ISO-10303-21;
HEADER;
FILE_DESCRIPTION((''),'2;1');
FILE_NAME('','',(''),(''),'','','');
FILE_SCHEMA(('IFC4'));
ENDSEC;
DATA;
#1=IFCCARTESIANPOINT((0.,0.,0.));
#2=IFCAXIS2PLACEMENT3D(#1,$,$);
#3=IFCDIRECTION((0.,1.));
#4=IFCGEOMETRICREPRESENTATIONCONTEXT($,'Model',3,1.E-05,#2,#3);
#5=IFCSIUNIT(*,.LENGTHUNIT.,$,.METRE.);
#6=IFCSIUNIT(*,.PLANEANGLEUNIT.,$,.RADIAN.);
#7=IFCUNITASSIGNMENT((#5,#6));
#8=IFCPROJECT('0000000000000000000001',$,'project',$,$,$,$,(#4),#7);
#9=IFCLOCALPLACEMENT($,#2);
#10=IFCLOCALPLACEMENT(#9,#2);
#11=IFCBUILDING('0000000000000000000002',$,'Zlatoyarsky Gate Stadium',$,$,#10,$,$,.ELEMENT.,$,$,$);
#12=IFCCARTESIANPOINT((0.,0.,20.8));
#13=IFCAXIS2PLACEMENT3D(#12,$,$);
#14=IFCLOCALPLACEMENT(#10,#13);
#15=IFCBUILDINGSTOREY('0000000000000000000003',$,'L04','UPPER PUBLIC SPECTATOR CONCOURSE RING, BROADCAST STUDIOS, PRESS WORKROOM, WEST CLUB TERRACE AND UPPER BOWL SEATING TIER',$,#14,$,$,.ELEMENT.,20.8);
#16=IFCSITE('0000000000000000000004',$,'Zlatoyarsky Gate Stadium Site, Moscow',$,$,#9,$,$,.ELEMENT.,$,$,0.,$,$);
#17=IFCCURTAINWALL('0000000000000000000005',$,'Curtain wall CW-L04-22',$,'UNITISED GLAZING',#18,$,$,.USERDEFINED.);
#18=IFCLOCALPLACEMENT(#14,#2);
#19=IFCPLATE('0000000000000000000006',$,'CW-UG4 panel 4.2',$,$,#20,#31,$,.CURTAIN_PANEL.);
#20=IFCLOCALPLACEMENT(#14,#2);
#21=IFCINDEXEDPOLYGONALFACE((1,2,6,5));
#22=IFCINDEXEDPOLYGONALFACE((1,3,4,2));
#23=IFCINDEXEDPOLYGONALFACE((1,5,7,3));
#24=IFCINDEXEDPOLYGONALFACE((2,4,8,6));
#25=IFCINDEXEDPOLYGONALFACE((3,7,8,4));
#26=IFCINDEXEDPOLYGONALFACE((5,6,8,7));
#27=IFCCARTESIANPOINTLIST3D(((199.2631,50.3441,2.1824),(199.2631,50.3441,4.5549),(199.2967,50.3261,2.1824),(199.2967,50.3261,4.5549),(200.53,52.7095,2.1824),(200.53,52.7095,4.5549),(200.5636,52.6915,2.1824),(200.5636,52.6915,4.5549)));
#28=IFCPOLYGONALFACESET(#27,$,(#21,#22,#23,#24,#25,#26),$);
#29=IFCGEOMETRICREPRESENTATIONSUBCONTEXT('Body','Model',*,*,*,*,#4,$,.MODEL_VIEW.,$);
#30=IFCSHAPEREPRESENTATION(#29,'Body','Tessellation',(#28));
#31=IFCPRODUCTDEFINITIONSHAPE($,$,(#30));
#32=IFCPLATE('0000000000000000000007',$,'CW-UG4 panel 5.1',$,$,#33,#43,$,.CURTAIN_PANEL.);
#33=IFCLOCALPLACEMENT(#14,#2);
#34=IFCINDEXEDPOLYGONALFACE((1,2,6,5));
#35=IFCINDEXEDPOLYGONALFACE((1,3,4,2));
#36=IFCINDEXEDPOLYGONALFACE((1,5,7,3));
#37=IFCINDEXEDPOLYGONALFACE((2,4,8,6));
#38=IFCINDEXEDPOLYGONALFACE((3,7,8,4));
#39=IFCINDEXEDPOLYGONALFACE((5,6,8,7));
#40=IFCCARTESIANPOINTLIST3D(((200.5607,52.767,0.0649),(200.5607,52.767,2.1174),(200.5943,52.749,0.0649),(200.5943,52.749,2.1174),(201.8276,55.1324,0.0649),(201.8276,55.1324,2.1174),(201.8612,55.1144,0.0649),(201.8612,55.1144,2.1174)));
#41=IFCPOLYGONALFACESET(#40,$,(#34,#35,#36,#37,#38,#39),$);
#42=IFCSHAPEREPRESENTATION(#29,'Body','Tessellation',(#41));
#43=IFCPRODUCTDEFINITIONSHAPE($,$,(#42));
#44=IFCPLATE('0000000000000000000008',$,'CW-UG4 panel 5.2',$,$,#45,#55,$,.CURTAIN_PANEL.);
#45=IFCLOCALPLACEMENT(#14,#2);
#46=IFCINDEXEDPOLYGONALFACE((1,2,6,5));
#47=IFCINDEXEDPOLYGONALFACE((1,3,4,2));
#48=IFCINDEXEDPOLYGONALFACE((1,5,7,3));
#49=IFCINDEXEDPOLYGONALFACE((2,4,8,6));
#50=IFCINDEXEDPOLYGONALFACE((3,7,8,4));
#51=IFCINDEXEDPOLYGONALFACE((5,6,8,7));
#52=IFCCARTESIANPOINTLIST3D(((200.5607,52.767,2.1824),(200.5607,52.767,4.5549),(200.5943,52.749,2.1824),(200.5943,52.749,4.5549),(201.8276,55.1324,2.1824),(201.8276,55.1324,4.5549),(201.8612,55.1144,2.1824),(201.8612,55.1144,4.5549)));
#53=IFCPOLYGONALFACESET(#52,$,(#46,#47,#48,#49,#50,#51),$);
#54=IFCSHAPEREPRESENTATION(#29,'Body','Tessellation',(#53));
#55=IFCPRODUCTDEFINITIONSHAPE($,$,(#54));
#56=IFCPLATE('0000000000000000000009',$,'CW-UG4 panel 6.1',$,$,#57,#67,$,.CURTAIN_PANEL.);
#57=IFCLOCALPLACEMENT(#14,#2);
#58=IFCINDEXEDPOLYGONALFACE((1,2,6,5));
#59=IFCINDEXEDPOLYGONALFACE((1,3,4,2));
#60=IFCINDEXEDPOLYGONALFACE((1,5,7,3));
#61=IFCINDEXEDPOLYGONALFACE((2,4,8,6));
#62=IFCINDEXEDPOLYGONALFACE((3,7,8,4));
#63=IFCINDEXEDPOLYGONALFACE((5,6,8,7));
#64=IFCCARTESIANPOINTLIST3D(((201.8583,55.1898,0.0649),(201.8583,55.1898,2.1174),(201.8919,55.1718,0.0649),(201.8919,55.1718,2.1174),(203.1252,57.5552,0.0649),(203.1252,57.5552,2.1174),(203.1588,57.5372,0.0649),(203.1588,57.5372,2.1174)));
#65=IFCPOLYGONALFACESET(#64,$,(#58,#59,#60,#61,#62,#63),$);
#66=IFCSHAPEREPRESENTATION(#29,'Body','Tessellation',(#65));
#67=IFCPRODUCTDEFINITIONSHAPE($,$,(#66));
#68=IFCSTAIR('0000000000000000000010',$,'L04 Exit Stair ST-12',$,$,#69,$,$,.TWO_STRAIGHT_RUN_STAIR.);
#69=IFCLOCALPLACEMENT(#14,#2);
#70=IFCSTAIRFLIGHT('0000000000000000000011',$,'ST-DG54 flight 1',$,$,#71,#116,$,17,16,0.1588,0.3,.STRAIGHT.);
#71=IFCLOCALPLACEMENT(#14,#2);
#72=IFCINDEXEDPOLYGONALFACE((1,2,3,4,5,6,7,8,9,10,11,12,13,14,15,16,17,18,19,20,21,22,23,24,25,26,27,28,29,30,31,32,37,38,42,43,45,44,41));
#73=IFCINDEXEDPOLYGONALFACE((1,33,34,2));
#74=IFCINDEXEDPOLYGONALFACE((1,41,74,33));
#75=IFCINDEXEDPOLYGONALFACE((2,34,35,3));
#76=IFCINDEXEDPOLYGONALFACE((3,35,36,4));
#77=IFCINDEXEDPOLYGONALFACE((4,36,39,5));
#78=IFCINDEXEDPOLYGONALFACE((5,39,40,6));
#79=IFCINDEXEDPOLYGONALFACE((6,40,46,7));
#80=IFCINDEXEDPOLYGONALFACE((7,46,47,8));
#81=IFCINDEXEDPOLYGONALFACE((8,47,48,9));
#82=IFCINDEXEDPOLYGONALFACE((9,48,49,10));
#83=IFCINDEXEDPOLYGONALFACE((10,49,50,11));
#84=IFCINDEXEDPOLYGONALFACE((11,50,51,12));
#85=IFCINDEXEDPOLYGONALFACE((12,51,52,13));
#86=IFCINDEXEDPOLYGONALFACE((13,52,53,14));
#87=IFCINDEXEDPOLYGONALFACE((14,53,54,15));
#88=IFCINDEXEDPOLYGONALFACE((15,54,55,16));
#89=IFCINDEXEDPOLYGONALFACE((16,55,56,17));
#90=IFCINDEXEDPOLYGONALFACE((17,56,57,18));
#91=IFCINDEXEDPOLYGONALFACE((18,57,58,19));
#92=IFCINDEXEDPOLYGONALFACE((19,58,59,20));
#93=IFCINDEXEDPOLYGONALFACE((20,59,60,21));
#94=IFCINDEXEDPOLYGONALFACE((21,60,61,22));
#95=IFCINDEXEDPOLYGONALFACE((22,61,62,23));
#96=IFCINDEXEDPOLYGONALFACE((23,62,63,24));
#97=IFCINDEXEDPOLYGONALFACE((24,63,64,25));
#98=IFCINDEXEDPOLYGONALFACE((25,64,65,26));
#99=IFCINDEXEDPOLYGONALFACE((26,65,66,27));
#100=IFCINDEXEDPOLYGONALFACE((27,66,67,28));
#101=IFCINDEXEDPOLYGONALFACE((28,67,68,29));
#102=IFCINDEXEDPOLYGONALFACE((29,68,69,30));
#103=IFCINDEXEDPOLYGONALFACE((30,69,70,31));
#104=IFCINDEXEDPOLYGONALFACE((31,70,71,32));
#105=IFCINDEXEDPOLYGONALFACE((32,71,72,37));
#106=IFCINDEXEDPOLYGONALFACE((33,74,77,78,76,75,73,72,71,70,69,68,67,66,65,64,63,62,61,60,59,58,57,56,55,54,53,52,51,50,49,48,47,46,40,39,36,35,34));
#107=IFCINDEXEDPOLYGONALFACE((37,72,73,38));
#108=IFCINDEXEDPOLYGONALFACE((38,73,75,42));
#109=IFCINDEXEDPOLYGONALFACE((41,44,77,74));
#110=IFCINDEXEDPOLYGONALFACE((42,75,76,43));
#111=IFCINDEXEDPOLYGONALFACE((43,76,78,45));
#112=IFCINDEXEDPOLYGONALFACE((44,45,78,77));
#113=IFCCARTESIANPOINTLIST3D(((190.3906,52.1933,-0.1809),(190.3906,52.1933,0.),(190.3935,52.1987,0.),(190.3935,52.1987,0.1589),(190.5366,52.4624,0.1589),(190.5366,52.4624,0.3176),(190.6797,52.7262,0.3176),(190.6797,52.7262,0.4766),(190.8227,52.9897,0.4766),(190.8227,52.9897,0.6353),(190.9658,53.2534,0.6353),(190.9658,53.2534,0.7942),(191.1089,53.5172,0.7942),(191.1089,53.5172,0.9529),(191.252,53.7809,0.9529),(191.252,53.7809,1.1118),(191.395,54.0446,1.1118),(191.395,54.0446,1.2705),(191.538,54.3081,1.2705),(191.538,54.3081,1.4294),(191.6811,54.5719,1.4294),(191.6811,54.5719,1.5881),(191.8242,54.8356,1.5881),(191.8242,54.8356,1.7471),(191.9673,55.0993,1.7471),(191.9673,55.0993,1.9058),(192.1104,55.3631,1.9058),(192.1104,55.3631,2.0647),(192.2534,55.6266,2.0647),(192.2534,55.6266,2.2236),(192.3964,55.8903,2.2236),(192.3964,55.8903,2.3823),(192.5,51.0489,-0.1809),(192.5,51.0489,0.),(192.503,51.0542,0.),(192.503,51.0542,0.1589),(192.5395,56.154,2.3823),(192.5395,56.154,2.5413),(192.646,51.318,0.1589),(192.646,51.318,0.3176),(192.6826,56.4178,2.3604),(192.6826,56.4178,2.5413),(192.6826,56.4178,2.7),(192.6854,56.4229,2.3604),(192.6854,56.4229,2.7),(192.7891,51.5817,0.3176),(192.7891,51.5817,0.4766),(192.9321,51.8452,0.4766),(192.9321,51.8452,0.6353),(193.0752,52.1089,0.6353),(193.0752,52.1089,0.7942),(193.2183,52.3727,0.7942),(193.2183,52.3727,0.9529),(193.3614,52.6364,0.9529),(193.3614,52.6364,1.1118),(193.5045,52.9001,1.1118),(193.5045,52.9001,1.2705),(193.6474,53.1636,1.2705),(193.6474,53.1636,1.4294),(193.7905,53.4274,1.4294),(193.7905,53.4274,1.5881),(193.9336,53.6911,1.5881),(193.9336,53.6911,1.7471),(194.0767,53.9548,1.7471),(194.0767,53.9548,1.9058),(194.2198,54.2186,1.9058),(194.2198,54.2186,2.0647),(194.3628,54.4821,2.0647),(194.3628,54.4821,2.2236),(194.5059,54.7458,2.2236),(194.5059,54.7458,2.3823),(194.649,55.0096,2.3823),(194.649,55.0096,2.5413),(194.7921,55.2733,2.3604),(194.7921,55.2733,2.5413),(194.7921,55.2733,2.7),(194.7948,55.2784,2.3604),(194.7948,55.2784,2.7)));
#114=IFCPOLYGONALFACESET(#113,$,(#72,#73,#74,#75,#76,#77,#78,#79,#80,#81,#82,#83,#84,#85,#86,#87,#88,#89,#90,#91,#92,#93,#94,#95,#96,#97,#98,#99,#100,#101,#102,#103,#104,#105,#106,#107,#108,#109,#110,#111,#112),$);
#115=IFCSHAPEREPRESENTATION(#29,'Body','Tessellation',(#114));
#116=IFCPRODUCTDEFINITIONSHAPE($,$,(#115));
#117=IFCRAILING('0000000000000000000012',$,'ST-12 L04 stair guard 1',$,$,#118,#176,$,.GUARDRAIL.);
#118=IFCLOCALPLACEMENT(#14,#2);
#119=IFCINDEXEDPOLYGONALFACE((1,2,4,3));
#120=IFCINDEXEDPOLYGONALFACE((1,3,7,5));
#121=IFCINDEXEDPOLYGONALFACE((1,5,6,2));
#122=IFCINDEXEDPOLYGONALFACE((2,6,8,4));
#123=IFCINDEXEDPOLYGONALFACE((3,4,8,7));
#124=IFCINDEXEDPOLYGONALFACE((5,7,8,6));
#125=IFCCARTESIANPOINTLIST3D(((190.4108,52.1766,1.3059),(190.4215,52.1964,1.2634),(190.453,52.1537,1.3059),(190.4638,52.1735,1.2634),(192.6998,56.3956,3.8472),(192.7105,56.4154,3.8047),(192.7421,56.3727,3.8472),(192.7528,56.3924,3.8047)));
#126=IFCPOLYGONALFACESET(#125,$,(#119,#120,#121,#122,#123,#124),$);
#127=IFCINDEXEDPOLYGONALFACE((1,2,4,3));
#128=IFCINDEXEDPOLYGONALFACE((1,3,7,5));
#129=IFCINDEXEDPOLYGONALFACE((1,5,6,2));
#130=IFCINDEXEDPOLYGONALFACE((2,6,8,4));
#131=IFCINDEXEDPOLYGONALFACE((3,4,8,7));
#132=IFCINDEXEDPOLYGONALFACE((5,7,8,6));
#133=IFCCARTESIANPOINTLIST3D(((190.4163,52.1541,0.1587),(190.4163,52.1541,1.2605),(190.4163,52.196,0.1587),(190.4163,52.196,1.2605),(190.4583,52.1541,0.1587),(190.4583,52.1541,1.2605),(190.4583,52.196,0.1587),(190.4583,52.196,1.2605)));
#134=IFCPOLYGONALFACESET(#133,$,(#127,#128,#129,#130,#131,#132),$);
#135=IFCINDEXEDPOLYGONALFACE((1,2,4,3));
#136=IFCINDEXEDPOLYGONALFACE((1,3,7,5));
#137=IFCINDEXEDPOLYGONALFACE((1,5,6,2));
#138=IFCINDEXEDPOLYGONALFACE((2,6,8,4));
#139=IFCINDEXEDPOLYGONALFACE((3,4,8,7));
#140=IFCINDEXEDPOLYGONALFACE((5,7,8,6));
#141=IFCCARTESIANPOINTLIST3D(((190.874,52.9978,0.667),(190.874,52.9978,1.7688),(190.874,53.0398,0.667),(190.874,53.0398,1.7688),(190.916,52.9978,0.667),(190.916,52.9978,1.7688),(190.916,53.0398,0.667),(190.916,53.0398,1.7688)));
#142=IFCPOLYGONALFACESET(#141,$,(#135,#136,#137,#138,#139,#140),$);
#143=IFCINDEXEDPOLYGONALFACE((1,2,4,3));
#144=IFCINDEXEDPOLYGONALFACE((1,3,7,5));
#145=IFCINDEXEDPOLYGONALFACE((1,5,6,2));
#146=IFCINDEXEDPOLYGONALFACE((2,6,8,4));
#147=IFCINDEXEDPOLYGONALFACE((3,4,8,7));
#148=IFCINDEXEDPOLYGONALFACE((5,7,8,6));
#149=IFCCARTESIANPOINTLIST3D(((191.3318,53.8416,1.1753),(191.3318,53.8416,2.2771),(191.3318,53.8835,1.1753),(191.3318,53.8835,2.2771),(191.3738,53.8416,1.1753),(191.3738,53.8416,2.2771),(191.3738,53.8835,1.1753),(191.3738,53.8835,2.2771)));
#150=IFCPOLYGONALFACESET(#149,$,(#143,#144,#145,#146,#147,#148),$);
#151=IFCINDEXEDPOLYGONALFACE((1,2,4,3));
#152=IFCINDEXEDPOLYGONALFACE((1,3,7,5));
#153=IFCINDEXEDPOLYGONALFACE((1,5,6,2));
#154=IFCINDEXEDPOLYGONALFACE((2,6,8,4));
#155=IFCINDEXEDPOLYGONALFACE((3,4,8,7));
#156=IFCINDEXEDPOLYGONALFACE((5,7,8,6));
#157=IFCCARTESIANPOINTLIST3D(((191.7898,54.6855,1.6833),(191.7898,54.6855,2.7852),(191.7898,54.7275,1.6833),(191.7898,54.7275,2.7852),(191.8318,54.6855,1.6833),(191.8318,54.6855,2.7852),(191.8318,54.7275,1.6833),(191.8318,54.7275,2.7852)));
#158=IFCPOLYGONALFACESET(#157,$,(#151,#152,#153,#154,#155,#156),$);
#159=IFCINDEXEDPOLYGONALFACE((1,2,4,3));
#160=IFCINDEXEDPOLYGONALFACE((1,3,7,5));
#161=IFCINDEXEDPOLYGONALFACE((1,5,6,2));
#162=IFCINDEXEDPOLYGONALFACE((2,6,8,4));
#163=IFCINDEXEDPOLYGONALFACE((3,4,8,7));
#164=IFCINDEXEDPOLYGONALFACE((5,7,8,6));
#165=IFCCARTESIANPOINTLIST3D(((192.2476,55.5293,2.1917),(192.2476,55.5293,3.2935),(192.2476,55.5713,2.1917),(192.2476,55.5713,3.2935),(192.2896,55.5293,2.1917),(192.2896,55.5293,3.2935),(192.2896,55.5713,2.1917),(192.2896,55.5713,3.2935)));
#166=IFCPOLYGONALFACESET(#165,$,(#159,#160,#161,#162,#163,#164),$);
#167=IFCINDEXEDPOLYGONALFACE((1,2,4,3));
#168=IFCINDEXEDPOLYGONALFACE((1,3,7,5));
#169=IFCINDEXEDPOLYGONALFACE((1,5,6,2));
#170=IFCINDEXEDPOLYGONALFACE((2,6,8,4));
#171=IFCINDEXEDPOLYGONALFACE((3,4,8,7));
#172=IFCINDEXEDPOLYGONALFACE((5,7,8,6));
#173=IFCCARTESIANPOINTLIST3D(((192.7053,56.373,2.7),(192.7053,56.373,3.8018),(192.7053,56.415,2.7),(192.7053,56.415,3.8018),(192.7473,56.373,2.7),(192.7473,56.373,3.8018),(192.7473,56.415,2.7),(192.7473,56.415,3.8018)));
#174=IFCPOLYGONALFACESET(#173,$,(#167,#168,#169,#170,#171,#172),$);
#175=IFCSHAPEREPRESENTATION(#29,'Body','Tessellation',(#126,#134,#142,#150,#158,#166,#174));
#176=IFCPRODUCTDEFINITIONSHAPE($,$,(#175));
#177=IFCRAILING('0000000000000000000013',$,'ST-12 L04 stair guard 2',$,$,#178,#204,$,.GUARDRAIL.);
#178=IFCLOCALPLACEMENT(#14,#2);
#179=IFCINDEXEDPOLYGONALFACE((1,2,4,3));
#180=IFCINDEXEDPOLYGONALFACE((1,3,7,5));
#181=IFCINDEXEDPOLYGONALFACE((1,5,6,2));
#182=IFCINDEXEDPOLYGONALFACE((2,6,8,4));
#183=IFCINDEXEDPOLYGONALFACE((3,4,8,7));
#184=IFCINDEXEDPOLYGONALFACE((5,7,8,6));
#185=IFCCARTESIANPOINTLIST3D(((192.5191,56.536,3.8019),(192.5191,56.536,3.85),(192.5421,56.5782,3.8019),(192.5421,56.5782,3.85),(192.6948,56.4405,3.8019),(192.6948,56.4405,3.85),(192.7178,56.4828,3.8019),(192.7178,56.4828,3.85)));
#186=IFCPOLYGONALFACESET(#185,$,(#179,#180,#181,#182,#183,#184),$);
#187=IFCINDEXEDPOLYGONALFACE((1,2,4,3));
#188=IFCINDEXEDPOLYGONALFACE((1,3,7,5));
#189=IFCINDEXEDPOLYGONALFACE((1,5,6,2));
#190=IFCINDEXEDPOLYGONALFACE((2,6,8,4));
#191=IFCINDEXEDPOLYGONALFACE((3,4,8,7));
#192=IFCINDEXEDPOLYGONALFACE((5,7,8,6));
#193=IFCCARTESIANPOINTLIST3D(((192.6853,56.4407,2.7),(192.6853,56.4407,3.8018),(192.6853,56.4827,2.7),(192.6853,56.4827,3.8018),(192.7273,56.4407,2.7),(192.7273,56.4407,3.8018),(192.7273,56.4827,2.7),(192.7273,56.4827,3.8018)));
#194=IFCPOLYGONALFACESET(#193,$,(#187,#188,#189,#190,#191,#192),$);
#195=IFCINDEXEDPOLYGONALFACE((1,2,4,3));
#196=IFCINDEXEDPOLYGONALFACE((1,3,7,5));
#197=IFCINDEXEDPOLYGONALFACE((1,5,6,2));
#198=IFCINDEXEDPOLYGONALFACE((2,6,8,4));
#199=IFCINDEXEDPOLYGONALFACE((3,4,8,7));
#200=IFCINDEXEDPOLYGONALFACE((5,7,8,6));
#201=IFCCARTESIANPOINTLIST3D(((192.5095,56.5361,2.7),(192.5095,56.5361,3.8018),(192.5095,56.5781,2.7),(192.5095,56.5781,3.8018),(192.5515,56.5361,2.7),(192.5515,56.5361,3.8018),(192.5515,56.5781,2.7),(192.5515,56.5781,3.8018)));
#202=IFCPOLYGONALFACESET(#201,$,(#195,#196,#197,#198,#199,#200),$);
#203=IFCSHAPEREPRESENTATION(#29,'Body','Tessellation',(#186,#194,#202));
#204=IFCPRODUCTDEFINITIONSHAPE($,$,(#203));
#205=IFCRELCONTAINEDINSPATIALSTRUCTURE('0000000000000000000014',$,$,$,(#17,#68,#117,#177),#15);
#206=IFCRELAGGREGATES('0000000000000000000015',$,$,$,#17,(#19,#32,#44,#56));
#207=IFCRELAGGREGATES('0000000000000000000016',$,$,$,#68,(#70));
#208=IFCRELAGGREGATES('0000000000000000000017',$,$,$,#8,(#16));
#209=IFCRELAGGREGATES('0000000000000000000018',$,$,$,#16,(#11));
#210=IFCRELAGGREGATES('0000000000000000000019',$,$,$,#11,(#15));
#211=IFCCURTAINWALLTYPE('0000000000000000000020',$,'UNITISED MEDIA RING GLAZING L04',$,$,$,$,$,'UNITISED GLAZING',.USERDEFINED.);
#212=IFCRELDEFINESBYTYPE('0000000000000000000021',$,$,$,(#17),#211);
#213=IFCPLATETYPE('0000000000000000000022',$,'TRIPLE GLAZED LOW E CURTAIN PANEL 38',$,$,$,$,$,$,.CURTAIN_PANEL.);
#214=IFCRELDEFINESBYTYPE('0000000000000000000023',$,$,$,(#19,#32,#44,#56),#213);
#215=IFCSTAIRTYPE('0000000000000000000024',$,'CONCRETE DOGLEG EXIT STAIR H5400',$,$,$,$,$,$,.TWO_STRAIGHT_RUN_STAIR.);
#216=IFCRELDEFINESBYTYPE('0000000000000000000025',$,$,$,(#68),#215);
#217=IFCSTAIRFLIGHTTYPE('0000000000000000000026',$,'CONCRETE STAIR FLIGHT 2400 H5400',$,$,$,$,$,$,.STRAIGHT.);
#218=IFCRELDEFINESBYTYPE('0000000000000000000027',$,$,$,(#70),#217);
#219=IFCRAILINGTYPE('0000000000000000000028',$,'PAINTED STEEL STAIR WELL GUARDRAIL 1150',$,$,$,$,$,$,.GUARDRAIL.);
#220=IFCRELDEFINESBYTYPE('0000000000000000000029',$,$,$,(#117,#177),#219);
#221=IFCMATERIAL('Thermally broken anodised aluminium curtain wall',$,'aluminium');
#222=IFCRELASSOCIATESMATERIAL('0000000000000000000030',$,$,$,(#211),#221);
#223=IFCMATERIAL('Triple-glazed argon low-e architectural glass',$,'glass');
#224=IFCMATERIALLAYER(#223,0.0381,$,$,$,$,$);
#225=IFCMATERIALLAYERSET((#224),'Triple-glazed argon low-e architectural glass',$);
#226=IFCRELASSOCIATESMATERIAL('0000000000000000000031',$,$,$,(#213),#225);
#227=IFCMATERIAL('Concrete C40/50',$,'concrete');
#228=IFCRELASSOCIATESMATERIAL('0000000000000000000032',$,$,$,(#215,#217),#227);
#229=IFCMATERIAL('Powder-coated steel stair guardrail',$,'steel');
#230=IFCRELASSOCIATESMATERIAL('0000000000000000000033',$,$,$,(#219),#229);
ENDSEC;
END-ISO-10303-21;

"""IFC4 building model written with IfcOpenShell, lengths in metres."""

from ifc_helpers import new_model, si_unit, direction, frame, origin, origin_2d, place, context, subcontext, project, spatial, polyline, rectangle, outline, extrude, material, layer, layer_set, type_object, element, aggregate, save


model = new_model("IFC4")

# Units and contexts
model_context = context("Model", 3, precision=1e-05, world=origin(), true_north=direction((0.0, 1.0)))
body_context = subcontext(model_context, "Body", "Model", "MODEL_VIEW")
ifc_project = project(units=[si_unit("LENGTHUNIT", "METRE"), si_unit("PLANEANGLEUNIT", "RADIAN")], contexts=[model_context])

# Site, building, storey
site_placement = place(None, origin())
site = spatial("IfcSite", under=ifc_project, at=site_placement, Name="Zlatoyarsky Gate Stadium Site, Moscow", CompositionType="ELEMENT", RefElevation=0.0)
building_placement = place(site_placement, origin())
building = spatial("IfcBuilding", under=site, at=building_placement, Name="Zlatoyarsky Gate Stadium", CompositionType="ELEMENT")
storey_placement = place(building_placement, frame((0.0, 0.0, 20.8)))
storey = spatial("IfcBuildingStorey", under=building, at=storey_placement, Name="L04", Description="UPPER PUBLIC SPECTATOR CONCOURSE RING, BROADCAST STUDIOS, PRESS WORKROOM, WEST CLUB TERRACE AND UPPER BOWL SEATING TIER", CompositionType="ELEMENT", Elevation=20.8)

# Curtain wall
ifc_material_1 = material(Name="Thermally broken anodised aluminium curtain wall", Category="aluminium")
curtain_wall_type = type_object("IfcCurtainWallType", Name="UNITISED MEDIA RING GLAZING L04", ElementType="UNITISED GLAZING", PredefinedType="USERDEFINED", material=ifc_material_1)
curtain_wall_placement = place(storey_placement, origin())
curtain_wall = element("IfcCurtainWall", 1, at=curtain_wall_placement, inside=storey, type_object=curtain_wall_type, Name="Curtain wall CW-L04-22", ObjectType="UNITISED GLAZING", PredefinedType="USERDEFINED")

# Plates
ifc_material_2 = material(Name="Triple-glazed argon low-e architectural glass", Category="glass")
ifc_layer_1 = layer(ifc_material_2, 0.0381)
ifc_layer_set_1 = layer_set([ifc_layer_1], Name="Triple-glazed argon low-e architectural glass")
plate_type_1 = type_object("IfcPlateType", Name="TRIPLE GLAZED LOW E CURTAIN PANEL 38", PredefinedType="CURTAIN_PANEL", material=ifc_layer_set_1)
plate_1_placement = place(storey_placement, frame((199.9133, 51.5178, 2.1824), z_axis=(0.0, 0.0, 1.0), x_axis=(0.472145, 0.881521, 0.0)))
plate_1 = element("IfcPlate", 2, at=plate_1_placement, type_object=plate_type_1, Name="CW-UG4 panel 4.2", PredefinedType="CURTAIN_PANEL", context=body_context, shape_type="SweptSolid", body=[
    extrude(rectangle(XDim=2.6833, YDim=0.0381, at=origin_2d()), origin(), (0.0, 0.0, 1.0), 2.3726),
])
plate_2_placement = place(storey_placement, frame((201.2109, 53.9407, 0.0649), z_axis=(0.0, 0.0, 1.0), x_axis=(0.472145, 0.881521, 0.0)))
plate_2 = element("IfcPlate", 3, at=plate_2_placement, type_object=plate_type_1, Name="CW-UG4 panel 5.1", PredefinedType="CURTAIN_PANEL", context=body_context, shape_type="SweptSolid", body=[
    extrude(rectangle(XDim=2.6833, YDim=0.0381, at=origin_2d()), origin(), (0.0, 0.0, 1.0), 2.0525),
])
plate_3_placement = place(storey_placement, frame((201.2109, 53.9407, 2.1824), z_axis=(0.0, 0.0, 1.0), x_axis=(0.472145, 0.881521, 0.0)))
plate_3 = element("IfcPlate", 4, at=plate_3_placement, type_object=plate_type_1, Name="CW-UG4 panel 5.2", PredefinedType="CURTAIN_PANEL", context=body_context, shape_type="SweptSolid", body=[
    extrude(rectangle(XDim=2.6833, YDim=0.0381, at=origin_2d()), origin(), (0.0, 0.0, 1.0), 2.3726),
])
plate_4_placement = place(storey_placement, frame((202.5085, 56.3635, 0.0649), z_axis=(0.0, 0.0, 1.0), x_axis=(0.472145, 0.881521, 0.0)))
plate_4 = element("IfcPlate", 5, at=plate_4_placement, type_object=plate_type_1, Name="CW-UG4 panel 6.1", PredefinedType="CURTAIN_PANEL", context=body_context, shape_type="SweptSolid", body=[
    extrude(rectangle(XDim=2.6833, YDim=0.0381, at=origin_2d()), origin(), (0.0, 0.0, 1.0), 2.0525),
])
aggregate(curtain_wall, [plate_1, plate_2, plate_3, plate_4])

# Stair, stair flight
ifc_material_3 = material(Name="Concrete C40/50", Category="concrete")
stair_type = type_object("IfcStairType", Name="CONCRETE DOGLEG EXIT STAIR H5400", PredefinedType="TWO_STRAIGHT_RUN_STAIR", material=ifc_material_3)
stair_placement = place(storey_placement, origin())
stair = element("IfcStair", 6, at=stair_placement, inside=storey, type_object=stair_type, Name="L04 Exit Stair ST-12", PredefinedType="TWO_STRAIGHT_RUN_STAIR")
stair_flight_type = type_object("IfcStairFlightType", Name="CONCRETE STAIR FLIGHT 2400 H5400", PredefinedType="STRAIGHT", material=ifc_material_3)
stair_flight_placement = place(storey_placement, frame((191.4482, 51.6265, 0.0), z_axis=(0.0, 0.0, 1.0), x_axis=(0.47689, 0.878963, 0.0)))
stair_flight = element("IfcStairFlight", 7, at=stair_flight_placement, type_object=stair_flight_type, Name="ST-DG54 flight 1", NumberOfRisers=17, NumberOfTreads=16, PredefinedType="STRAIGHT", RiserHeight=0.1588, TreadLength=0.3, context=body_context, shape_type="SweptSolid", body=[
    extrude(outline(polyline([(-0.0061, -0.1809), (-0.0061, 0.0), (0.0, 0.0), (0.0, 0.1589), (0.3, 0.1589), (0.3, 0.3176), (0.6001, 0.3176), (0.6001, 0.4766), (0.8999, 0.4766), (0.8999, 0.6353), (1.2, 0.6353), (1.2, 0.7942), (1.5, 0.7942), (1.5, 0.9529), (1.8, 0.9529), (1.8, 1.1118), (2.1001, 1.1118), (2.1001, 1.2705), (2.3999, 1.2705), (2.3999, 1.4294), (2.7, 1.4294), (2.7, 1.5881), (3.0, 1.5881), (3.0, 1.7471), (3.3, 1.7471), (3.3, 1.9058), (3.6001, 1.9058), (3.6001, 2.0647), (3.8999, 2.0647), (3.8999, 2.2236), (4.2, 2.2236), (4.2, 2.3823), (4.5, 2.3823), (4.5, 2.5413), (4.8, 2.5413), (4.8, 2.7), (4.8059, 2.7), (4.8059, 2.3604), (4.8, 2.3604), (-0.0061, -0.1809)])), frame((0.0, 1.2, 0.0), z_axis=(0.0, -1.0, 0.0), x_axis=(1.0, 0.0, 0.0)), (0.0, 0.0, 1.0), 2.3999),
])
aggregate(stair, [stair_flight])

# Railings
ifc_material_4 = material(Name="Powder-coated steel stair guardrail", Category="steel")
railing_type = type_object("IfcRailingType", Name="PAINTED STEEL STAIR WELL GUARDRAIL 1150", PredefinedType="GUARDRAIL", material=ifc_material_4)
railing_placement = place(storey_placement, frame((190.4373, 52.175, 0.1587)))
element("IfcRailing", 8, at=railing_placement, inside=storey, type_object=railing_type, Name="ST-12 L04 stair guard 1", PredefinedType="GUARDRAIL", context=body_context, shape_type="SweptSolid", body=[
    extrude(rectangle(XDim=0.0481, YDim=0.0481, at=origin_2d()), frame((0.0, 0.0, 1.126), z_axis=(0.421467, 0.77681, 0.467902), x_axis=(-0.878962, 0.476891, 0.0)), (0.0, 0.0, 1.0), 5.4312),
    extrude(rectangle(XDim=0.042, YDim=0.042, at=origin_2d()), origin(), (0.0, 0.0, 1.0), 1.1018),
    extrude(rectangle(XDim=0.042, YDim=0.042, at=origin_2d()), frame((0.4578, 0.8438, 0.5083)), (0.0, 0.0, 1.0), 1.1018),
    extrude(rectangle(XDim=0.042, YDim=0.042, at=origin_2d()), frame((0.9155, 1.6875, 1.0166)), (0.0, 0.0, 1.0), 1.1018),
    extrude(rectangle(XDim=0.042, YDim=0.042, at=origin_2d()), frame((1.3735, 2.5315, 1.5247)), (0.0, 0.0, 1.0), 1.1018),
    extrude(rectangle(XDim=0.042, YDim=0.042, at=origin_2d()), frame((1.8313, 3.3752, 2.033)), (0.0, 0.0, 1.0), 1.1018),
    extrude(rectangle(XDim=0.042, YDim=0.042, at=origin_2d()), frame((2.2891, 4.219, 2.5413)), (0.0, 0.0, 1.0), 1.1018),
])
for number, where, name in (
    (9, (192.7063, 56.4617, 2.7), "ST-12 L04 stair guard 2"),
):
    element("IfcRailing", number, at=place(storey_placement, frame(where)), inside=storey, type_object=railing_type, Name=name, PredefinedType="GUARDRAIL", context=body_context, shape_type="SweptSolid", body=[
        extrude(rectangle(XDim=0.0481, YDim=0.0481, at=origin_2d()), frame((0.0, 0.0, 1.126), z_axis=(-0.87878, 0.477227, 0.0), x_axis=(-0.477227, -0.87878, 0.0)), (0.0, 0.0, 1.0), 0.2),
        extrude(rectangle(XDim=0.042, YDim=0.042, at=origin_2d()), origin(), (0.0, 0.0, 1.0), 1.1018),
        extrude(rectangle(XDim=0.042, YDim=0.042, at=origin_2d()), frame((-0.1758, 0.0955, 0.0)), (0.0, 0.0, 1.0), 1.1018),
    ])

save(model, "model.ifc")
